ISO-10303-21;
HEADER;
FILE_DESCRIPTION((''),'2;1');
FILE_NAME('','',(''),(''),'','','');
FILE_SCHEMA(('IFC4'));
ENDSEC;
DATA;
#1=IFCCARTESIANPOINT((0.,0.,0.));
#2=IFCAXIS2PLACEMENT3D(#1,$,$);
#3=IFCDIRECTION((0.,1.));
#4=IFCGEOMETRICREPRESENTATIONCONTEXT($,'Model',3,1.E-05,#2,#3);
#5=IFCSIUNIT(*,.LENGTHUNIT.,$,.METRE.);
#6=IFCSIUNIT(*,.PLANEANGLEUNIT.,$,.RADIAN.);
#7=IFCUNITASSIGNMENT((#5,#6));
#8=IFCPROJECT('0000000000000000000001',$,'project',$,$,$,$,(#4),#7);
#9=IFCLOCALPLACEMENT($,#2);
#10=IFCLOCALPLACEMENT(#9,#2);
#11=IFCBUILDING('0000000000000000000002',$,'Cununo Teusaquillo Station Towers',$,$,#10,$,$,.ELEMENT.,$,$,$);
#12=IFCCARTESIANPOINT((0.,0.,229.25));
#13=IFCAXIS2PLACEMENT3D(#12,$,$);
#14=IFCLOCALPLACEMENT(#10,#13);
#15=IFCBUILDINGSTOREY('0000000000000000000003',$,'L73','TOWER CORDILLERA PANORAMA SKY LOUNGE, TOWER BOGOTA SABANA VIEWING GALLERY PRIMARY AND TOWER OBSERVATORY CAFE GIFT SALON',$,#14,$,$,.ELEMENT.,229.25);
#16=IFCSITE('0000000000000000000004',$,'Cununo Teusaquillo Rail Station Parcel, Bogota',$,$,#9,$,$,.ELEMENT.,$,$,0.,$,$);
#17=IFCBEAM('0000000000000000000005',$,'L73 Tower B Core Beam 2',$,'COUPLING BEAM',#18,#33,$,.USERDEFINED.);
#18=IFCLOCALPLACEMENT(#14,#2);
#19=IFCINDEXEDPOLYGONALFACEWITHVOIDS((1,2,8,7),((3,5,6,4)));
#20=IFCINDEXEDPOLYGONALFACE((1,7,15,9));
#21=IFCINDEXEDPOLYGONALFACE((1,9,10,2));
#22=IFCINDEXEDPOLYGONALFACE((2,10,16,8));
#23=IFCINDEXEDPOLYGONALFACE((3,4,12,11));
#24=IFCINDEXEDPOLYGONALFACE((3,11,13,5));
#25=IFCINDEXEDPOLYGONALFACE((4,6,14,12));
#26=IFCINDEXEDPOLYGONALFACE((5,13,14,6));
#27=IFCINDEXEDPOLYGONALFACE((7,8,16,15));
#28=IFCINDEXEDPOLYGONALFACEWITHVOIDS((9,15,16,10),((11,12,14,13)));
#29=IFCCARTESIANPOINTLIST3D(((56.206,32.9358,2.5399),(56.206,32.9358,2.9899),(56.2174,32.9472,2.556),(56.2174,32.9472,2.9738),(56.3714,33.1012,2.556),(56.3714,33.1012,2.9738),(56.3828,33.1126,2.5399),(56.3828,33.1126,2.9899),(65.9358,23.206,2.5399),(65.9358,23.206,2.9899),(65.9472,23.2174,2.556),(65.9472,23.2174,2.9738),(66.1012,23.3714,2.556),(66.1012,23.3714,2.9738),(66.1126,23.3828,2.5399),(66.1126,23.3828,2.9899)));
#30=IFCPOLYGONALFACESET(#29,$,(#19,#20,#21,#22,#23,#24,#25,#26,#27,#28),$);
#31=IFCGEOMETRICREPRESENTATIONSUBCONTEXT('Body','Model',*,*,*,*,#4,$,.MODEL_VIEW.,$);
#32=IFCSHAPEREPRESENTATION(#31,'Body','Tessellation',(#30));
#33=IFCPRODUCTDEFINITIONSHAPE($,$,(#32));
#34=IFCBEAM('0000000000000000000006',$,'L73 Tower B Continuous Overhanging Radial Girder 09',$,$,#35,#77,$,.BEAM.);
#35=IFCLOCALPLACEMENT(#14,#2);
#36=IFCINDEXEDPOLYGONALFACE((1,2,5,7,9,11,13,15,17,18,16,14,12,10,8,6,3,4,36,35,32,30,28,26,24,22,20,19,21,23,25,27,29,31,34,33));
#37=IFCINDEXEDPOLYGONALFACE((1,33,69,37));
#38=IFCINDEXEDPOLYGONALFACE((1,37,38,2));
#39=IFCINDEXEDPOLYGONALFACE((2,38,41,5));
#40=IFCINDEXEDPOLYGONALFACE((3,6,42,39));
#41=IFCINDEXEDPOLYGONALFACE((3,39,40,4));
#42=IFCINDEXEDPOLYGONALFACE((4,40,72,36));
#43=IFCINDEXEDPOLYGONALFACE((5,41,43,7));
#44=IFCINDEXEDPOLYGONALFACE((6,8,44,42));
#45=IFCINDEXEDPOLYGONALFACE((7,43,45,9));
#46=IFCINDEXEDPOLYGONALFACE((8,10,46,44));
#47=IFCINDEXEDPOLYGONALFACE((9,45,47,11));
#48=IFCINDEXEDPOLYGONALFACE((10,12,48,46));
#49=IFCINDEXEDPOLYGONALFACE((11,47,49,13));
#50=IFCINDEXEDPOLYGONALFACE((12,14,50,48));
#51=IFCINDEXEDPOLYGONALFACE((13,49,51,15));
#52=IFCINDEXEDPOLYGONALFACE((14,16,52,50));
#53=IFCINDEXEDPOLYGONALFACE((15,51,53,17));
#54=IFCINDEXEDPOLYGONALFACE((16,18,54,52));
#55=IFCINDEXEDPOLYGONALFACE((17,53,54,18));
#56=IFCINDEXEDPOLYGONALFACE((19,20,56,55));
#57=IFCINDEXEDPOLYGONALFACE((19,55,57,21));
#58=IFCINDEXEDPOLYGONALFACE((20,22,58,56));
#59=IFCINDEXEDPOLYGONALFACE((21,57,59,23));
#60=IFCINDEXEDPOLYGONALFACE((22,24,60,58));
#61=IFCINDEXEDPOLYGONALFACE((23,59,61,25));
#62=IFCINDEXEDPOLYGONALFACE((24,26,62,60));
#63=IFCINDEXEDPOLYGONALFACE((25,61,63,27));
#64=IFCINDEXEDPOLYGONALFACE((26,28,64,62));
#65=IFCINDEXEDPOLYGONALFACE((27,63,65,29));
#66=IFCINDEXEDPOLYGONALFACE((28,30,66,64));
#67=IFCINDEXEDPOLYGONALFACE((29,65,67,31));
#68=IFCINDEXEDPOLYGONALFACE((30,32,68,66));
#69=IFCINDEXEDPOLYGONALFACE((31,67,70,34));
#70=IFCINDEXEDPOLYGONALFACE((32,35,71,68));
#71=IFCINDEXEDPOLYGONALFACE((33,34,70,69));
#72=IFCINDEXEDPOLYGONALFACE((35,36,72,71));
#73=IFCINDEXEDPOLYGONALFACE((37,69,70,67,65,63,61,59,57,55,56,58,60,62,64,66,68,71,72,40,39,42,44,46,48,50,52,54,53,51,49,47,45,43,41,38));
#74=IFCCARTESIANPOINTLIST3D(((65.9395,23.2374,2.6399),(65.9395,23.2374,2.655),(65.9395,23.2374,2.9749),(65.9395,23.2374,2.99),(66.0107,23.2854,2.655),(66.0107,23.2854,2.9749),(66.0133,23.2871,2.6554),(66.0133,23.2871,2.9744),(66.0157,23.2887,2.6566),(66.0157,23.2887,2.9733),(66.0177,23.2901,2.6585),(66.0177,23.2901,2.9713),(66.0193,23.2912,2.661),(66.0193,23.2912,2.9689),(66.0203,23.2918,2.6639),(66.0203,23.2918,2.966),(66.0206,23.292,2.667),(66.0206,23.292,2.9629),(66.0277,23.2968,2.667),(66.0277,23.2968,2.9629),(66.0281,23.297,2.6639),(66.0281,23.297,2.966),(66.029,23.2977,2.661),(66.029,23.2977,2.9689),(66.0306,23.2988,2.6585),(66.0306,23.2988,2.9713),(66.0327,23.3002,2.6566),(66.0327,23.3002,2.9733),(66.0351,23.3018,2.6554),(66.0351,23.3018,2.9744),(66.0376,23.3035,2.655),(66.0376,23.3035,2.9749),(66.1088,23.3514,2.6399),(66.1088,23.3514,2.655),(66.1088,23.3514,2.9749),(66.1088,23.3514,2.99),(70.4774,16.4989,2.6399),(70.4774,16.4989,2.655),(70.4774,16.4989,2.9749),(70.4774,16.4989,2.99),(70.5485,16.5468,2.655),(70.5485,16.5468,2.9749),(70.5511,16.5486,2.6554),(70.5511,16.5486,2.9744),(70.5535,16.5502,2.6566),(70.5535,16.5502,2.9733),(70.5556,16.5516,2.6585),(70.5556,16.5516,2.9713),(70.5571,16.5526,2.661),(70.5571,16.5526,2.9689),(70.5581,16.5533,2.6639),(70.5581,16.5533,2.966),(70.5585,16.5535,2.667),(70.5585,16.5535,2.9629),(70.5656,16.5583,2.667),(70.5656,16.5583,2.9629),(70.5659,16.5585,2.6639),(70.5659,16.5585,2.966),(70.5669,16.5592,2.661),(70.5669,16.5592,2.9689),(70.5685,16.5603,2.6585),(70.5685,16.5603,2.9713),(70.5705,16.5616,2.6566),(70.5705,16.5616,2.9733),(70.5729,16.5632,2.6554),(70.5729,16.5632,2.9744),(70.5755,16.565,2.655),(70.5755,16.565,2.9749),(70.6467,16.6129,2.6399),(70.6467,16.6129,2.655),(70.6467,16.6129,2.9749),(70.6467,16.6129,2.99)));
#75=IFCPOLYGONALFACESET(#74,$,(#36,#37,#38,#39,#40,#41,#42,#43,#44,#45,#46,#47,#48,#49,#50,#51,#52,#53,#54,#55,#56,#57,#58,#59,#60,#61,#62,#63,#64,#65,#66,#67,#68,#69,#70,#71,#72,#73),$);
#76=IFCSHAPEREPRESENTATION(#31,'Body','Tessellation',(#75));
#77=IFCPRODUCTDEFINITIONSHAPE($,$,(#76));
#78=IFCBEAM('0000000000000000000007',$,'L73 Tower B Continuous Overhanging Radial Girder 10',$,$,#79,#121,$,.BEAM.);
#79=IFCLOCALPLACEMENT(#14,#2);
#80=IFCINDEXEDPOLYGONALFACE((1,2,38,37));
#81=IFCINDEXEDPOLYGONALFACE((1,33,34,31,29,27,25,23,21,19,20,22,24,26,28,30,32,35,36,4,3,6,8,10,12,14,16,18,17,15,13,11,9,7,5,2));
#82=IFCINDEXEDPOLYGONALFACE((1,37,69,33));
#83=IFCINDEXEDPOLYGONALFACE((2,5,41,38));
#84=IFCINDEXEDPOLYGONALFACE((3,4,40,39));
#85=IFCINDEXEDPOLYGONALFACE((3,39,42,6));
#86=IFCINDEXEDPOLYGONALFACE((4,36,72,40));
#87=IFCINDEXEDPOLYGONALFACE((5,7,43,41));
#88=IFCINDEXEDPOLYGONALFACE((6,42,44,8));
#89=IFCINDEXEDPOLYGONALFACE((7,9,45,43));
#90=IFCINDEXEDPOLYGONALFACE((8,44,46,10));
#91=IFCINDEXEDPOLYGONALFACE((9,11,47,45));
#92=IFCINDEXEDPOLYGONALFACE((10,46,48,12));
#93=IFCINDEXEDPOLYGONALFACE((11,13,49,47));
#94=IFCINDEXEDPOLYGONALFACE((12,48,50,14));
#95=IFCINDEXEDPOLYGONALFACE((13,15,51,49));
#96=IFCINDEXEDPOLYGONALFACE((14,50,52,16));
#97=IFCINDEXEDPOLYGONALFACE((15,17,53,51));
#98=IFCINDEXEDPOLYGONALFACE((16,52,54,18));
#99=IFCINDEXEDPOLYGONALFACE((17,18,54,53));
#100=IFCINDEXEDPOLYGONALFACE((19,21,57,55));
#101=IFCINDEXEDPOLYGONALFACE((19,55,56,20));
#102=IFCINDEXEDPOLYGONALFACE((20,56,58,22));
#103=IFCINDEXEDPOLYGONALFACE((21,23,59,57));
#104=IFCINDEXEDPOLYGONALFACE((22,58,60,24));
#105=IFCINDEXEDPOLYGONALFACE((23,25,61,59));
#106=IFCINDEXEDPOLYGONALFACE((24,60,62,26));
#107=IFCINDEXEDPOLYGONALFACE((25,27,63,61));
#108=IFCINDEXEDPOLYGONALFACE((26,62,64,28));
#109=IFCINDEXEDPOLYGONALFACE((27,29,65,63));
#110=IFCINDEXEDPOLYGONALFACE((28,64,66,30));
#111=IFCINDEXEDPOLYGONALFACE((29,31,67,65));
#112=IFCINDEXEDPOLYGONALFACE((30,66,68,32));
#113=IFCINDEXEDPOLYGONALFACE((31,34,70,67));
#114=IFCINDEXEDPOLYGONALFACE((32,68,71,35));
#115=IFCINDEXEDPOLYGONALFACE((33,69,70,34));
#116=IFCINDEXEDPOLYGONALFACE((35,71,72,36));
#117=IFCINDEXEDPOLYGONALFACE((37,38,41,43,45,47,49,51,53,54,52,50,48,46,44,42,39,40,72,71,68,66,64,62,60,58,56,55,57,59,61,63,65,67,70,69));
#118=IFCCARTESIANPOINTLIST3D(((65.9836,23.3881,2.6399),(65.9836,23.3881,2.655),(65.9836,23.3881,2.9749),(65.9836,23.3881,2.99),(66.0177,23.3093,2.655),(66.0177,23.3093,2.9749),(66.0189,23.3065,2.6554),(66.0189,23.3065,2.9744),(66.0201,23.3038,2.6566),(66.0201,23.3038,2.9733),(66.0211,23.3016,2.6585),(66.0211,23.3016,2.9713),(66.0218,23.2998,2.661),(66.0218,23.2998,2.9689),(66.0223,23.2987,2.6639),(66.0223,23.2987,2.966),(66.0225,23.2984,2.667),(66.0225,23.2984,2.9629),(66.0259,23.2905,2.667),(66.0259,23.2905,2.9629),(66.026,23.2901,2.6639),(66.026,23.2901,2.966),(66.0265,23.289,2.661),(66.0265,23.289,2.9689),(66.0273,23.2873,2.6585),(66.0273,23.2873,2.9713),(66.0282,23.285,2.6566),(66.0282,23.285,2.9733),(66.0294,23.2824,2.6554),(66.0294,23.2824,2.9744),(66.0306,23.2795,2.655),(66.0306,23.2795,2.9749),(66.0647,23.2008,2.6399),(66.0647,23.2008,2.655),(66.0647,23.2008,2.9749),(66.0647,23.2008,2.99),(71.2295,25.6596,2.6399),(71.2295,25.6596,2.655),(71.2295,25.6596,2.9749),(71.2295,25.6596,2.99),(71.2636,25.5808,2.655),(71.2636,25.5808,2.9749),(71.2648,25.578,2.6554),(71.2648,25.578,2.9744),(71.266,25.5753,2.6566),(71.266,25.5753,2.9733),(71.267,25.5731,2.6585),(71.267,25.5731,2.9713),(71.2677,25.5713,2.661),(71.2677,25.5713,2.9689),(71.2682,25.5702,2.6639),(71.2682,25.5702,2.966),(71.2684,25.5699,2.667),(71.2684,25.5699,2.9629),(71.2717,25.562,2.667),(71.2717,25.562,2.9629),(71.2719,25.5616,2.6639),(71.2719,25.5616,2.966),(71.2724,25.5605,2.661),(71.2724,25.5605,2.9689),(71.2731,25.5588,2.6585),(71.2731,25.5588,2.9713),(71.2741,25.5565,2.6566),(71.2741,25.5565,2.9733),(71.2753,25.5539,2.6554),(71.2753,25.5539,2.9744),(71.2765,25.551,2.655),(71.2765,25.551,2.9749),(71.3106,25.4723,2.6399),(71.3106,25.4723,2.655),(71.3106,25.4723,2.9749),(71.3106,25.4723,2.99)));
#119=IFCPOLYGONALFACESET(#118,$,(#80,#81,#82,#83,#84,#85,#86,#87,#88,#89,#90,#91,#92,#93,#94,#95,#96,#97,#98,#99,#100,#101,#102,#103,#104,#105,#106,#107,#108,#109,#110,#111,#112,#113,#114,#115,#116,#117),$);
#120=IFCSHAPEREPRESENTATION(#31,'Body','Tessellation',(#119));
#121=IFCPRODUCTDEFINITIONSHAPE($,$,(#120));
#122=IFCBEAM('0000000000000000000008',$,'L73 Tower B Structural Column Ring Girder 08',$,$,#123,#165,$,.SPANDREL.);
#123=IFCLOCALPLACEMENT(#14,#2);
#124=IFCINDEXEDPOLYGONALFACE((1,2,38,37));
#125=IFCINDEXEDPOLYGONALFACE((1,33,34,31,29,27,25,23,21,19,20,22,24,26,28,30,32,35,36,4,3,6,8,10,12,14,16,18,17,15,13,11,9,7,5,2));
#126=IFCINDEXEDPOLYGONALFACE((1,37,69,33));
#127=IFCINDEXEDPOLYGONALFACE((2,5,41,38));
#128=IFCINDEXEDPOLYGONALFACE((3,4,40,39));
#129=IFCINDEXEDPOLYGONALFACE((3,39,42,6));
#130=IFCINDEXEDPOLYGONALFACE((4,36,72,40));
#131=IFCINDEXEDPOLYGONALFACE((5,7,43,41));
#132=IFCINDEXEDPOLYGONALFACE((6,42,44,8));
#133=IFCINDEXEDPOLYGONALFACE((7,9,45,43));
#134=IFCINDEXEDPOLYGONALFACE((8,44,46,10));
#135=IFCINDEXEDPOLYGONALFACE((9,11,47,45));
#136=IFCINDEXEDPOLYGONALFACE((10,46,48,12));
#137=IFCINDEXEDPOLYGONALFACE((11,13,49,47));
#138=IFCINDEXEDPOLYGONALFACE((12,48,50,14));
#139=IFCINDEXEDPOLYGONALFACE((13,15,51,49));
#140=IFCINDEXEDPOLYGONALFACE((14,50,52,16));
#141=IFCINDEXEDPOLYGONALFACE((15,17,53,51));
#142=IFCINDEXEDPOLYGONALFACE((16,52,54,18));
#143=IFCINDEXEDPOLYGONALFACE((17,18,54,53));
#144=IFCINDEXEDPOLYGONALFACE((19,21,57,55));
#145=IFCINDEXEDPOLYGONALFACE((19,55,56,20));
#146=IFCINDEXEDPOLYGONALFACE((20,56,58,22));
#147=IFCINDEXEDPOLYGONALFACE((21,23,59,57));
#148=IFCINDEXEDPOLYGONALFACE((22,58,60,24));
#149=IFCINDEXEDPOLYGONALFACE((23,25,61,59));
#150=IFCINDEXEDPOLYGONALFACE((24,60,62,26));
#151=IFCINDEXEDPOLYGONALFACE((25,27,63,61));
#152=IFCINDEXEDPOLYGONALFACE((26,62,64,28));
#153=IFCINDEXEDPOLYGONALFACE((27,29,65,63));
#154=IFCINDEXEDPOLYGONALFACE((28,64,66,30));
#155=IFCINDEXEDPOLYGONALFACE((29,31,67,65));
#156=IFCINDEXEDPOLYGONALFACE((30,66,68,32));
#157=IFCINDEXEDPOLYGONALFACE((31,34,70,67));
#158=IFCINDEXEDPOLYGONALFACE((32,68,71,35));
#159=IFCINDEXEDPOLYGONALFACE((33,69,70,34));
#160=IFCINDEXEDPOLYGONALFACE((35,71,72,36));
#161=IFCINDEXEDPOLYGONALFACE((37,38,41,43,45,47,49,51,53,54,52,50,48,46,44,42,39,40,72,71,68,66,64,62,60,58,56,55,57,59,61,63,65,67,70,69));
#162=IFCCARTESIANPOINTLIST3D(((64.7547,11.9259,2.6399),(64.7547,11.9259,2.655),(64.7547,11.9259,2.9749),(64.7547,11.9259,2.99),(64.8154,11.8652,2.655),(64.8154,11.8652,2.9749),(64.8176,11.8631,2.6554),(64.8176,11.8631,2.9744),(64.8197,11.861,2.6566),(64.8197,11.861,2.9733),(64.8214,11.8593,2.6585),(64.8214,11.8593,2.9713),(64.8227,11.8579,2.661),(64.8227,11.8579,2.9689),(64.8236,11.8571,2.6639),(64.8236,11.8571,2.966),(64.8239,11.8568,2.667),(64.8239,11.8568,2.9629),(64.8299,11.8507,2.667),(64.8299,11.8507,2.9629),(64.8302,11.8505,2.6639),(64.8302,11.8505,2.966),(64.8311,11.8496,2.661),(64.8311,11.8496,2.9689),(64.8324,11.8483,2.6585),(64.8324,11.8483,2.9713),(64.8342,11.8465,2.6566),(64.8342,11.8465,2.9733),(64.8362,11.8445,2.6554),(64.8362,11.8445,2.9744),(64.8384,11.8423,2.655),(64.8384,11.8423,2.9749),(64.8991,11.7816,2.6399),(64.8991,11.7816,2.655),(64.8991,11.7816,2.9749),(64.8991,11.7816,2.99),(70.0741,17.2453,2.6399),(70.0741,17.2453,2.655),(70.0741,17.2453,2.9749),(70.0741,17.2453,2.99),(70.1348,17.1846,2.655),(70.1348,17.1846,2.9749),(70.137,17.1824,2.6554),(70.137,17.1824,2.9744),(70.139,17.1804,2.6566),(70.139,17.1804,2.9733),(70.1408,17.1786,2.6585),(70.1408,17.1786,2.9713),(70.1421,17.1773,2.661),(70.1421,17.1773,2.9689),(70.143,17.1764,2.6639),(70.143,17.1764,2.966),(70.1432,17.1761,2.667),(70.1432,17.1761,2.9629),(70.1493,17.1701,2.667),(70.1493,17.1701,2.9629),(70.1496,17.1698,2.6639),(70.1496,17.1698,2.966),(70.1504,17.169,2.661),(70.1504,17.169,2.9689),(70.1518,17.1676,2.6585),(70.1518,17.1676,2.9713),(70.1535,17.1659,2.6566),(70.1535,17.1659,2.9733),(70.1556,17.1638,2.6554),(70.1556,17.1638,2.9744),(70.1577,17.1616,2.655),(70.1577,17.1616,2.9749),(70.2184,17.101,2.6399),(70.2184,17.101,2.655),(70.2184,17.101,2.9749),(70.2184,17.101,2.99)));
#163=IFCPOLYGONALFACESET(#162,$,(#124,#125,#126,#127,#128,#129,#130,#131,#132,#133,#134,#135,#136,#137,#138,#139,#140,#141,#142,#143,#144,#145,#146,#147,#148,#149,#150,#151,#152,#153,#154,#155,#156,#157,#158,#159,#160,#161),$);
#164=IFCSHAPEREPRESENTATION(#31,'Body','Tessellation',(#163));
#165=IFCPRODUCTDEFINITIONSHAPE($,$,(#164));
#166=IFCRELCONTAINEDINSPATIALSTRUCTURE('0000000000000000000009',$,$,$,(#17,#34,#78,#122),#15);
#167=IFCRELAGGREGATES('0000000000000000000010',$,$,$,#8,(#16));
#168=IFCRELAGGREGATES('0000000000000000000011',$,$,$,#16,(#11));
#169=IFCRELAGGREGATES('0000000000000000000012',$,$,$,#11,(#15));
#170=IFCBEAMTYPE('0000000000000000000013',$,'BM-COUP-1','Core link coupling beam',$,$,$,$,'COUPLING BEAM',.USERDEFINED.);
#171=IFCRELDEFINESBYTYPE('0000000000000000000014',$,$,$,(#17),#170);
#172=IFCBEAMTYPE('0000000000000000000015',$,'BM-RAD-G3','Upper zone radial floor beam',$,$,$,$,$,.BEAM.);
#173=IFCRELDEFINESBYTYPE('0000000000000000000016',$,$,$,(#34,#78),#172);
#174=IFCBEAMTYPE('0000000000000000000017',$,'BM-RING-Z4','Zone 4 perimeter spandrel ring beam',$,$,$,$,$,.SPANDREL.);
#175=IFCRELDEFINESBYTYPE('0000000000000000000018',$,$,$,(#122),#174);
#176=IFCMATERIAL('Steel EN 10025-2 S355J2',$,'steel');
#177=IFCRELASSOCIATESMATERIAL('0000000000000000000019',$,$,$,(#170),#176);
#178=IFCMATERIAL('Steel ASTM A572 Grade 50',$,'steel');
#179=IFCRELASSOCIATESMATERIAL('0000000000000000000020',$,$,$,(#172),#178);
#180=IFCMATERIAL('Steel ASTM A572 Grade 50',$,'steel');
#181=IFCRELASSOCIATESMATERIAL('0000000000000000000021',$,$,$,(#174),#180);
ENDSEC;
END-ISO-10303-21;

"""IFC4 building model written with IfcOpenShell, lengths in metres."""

from ifc_helpers import new_model, si_unit, direction, frame, origin, origin_2d, place, context, subcontext, project, spatial, hollow_rectangle, i_section, extrude, material, material_profile, profile_set, type_object, element, save


model = new_model("IFC4")

# Units and contexts
model_context = context("Model", 3, precision=1e-05, world=origin(), true_north=direction((0.0, 1.0)))
body_context = subcontext(model_context, "Body", "Model", "MODEL_VIEW")
ifc_project = project(units=[si_unit("LENGTHUNIT", "METRE"), si_unit("PLANEANGLEUNIT", "RADIAN")], contexts=[model_context])

# Site, building, storey
site_placement = place(None, origin())
site = spatial("IfcSite", under=ifc_project, at=site_placement, Name="Cununo Teusaquillo Rail Station Parcel, Bogota", CompositionType="ELEMENT", RefElevation=0.0)
building_placement = place(site_placement, origin())
building = spatial("IfcBuilding", under=site, at=building_placement, Name="Cununo Teusaquillo Station Towers", CompositionType="ELEMENT")
storey_placement = place(building_placement, frame((0.0, 0.0, 229.25)))
storey = spatial("IfcBuildingStorey", under=building, at=storey_placement, Name="L73", Description="TOWER CORDILLERA PANORAMA SKY LOUNGE, TOWER BOGOTA SABANA VIEWING GALLERY PRIMARY AND TOWER OBSERVATORY CAFE GIFT SALON", CompositionType="ELEMENT", Elevation=229.25)

# Beams
ifc_material_1 = material(Name="Steel EN 10025-2 S355J2", Category="steel")
ifc_material_profile_1 = material_profile(ifc_material_1, hollow_rectangle(XDim=0.25, YDim=0.45, WallThickness=0.0161, at=origin_2d()), Name="RHS 450x250x16")
ifc_profile_set_1 = profile_set([ifc_material_profile_1], Name="Steel EN 10025-2 S355J2")
beam_type_1 = type_object("IfcBeamType", Name="BM-COUP-1", Description="Core link coupling beam", ElementType="COUPLING BEAM", PredefinedType="USERDEFINED", material=ifc_profile_set_1)
beam_1_placement = place(storey_placement, frame((66.0242, 23.2944, 2.7649), z_axis=(-0.707107, 0.707107, 0.0), x_axis=(-0.707107, -0.707107, 0.0)))
element("IfcBeam", 1, at=beam_1_placement, inside=storey, type_object=beam_type_1, Name="L73 Tower B Core Beam 2", ObjectType="COUPLING BEAM", PredefinedType="USERDEFINED", context=body_context, shape_type="SweptSolid", body=[
    extrude(hollow_rectangle(XDim=0.25, YDim=0.45, WallThickness=0.0161, at=origin_2d()), origin(), (0.0, 0.0, 1.0), 13.76),
])
ifc_material_2 = material(Name="Steel ASTM A572 Grade 50", Category="steel")
ifc_material_profile_2 = material_profile(ifc_material_2, i_section(OverallWidth=0.2041, OverallDepth=0.3501, WebThickness=0.0085, FlangeThickness=0.0151, FilletRadius=0.012, at=origin_2d()), Name="W14X48")
ifc_profile_set_2 = profile_set([ifc_material_profile_2], Name="Steel ASTM A572 Grade 50")
beam_type_2 = type_object("IfcBeamType", Name="BM-RAD-G3", Description="Upper zone radial floor beam", PredefinedType="BEAM", material=ifc_profile_set_2)
beam_2_placement = place(storey_placement, frame((66.0242, 23.2944, 2.8149), z_axis=(0.558571, -0.829457, 0.0), x_axis=(0.829457, 0.558571, 0.0)))
element("IfcBeam", 2, at=beam_2_placement, inside=storey, type_object=beam_type_2, Name="L73 Tower B Continuous Overhanging Radial Girder 09", PredefinedType="BEAM", context=body_context, shape_type="SweptSolid", body=[
    extrude(i_section(OverallWidth=0.2041, OverallDepth=0.3501, WebThickness=0.0085, FlangeThickness=0.0151, FilletRadius=0.012, at=origin_2d()), origin(), (0.0, 0.0, 1.0), 8.124),
])
beam_3_placement = place(storey_placement, frame((66.0242, 23.2944, 2.8149), z_axis=(0.917665, 0.397355, 0.0), x_axis=(-0.397355, 0.917665, 0.0)))
element("IfcBeam", 3, at=beam_3_placement, inside=storey, type_object=beam_type_2, Name="L73 Tower B Continuous Overhanging Radial Girder 10", PredefinedType="BEAM", context=body_context, shape_type="SweptSolid", body=[
    extrude(i_section(OverallWidth=0.2041, OverallDepth=0.3501, WebThickness=0.0085, FlangeThickness=0.0151, FilletRadius=0.012, at=origin_2d()), origin(), (0.0, 0.0, 1.0), 5.7166),
])
ifc_material_3 = material(Name="Steel ASTM A572 Grade 50", Category="steel")
ifc_material_profile_3 = material_profile(ifc_material_3, i_section(OverallWidth=0.2041, OverallDepth=0.3501, WebThickness=0.0085, FlangeThickness=0.0151, FilletRadius=0.012, at=origin_2d()), Name="W14X48")
ifc_profile_set_3 = profile_set([ifc_material_profile_3], Name="Steel ASTM A572 Grade 50")
beam_type_3 = type_object("IfcBeamType", Name="BM-RING-Z4", Description="Zone 4 perimeter spandrel ring beam", PredefinedType="SPANDREL", material=ifc_profile_set_3)
beam_4_placement = place(storey_placement, frame((64.8269, 11.8538, 2.8149), z_axis=(0.707107, 0.707107, 0.0), x_axis=(-0.707107, 0.707107, 0.0)))
element("IfcBeam", 4, at=beam_4_placement, inside=storey, type_object=beam_type_3, Name="L73 Tower B Structural Column Ring Girder 08", PredefinedType="SPANDREL", context=body_context, shape_type="SweptSolid", body=[
    extrude(i_section(OverallWidth=0.2041, OverallDepth=0.3501, WebThickness=0.0085, FlangeThickness=0.0151, FilletRadius=0.012, at=origin_2d()), origin(), (0.0, 0.0, 1.0), 7.5227),
])

save(model, "model.ifc")
